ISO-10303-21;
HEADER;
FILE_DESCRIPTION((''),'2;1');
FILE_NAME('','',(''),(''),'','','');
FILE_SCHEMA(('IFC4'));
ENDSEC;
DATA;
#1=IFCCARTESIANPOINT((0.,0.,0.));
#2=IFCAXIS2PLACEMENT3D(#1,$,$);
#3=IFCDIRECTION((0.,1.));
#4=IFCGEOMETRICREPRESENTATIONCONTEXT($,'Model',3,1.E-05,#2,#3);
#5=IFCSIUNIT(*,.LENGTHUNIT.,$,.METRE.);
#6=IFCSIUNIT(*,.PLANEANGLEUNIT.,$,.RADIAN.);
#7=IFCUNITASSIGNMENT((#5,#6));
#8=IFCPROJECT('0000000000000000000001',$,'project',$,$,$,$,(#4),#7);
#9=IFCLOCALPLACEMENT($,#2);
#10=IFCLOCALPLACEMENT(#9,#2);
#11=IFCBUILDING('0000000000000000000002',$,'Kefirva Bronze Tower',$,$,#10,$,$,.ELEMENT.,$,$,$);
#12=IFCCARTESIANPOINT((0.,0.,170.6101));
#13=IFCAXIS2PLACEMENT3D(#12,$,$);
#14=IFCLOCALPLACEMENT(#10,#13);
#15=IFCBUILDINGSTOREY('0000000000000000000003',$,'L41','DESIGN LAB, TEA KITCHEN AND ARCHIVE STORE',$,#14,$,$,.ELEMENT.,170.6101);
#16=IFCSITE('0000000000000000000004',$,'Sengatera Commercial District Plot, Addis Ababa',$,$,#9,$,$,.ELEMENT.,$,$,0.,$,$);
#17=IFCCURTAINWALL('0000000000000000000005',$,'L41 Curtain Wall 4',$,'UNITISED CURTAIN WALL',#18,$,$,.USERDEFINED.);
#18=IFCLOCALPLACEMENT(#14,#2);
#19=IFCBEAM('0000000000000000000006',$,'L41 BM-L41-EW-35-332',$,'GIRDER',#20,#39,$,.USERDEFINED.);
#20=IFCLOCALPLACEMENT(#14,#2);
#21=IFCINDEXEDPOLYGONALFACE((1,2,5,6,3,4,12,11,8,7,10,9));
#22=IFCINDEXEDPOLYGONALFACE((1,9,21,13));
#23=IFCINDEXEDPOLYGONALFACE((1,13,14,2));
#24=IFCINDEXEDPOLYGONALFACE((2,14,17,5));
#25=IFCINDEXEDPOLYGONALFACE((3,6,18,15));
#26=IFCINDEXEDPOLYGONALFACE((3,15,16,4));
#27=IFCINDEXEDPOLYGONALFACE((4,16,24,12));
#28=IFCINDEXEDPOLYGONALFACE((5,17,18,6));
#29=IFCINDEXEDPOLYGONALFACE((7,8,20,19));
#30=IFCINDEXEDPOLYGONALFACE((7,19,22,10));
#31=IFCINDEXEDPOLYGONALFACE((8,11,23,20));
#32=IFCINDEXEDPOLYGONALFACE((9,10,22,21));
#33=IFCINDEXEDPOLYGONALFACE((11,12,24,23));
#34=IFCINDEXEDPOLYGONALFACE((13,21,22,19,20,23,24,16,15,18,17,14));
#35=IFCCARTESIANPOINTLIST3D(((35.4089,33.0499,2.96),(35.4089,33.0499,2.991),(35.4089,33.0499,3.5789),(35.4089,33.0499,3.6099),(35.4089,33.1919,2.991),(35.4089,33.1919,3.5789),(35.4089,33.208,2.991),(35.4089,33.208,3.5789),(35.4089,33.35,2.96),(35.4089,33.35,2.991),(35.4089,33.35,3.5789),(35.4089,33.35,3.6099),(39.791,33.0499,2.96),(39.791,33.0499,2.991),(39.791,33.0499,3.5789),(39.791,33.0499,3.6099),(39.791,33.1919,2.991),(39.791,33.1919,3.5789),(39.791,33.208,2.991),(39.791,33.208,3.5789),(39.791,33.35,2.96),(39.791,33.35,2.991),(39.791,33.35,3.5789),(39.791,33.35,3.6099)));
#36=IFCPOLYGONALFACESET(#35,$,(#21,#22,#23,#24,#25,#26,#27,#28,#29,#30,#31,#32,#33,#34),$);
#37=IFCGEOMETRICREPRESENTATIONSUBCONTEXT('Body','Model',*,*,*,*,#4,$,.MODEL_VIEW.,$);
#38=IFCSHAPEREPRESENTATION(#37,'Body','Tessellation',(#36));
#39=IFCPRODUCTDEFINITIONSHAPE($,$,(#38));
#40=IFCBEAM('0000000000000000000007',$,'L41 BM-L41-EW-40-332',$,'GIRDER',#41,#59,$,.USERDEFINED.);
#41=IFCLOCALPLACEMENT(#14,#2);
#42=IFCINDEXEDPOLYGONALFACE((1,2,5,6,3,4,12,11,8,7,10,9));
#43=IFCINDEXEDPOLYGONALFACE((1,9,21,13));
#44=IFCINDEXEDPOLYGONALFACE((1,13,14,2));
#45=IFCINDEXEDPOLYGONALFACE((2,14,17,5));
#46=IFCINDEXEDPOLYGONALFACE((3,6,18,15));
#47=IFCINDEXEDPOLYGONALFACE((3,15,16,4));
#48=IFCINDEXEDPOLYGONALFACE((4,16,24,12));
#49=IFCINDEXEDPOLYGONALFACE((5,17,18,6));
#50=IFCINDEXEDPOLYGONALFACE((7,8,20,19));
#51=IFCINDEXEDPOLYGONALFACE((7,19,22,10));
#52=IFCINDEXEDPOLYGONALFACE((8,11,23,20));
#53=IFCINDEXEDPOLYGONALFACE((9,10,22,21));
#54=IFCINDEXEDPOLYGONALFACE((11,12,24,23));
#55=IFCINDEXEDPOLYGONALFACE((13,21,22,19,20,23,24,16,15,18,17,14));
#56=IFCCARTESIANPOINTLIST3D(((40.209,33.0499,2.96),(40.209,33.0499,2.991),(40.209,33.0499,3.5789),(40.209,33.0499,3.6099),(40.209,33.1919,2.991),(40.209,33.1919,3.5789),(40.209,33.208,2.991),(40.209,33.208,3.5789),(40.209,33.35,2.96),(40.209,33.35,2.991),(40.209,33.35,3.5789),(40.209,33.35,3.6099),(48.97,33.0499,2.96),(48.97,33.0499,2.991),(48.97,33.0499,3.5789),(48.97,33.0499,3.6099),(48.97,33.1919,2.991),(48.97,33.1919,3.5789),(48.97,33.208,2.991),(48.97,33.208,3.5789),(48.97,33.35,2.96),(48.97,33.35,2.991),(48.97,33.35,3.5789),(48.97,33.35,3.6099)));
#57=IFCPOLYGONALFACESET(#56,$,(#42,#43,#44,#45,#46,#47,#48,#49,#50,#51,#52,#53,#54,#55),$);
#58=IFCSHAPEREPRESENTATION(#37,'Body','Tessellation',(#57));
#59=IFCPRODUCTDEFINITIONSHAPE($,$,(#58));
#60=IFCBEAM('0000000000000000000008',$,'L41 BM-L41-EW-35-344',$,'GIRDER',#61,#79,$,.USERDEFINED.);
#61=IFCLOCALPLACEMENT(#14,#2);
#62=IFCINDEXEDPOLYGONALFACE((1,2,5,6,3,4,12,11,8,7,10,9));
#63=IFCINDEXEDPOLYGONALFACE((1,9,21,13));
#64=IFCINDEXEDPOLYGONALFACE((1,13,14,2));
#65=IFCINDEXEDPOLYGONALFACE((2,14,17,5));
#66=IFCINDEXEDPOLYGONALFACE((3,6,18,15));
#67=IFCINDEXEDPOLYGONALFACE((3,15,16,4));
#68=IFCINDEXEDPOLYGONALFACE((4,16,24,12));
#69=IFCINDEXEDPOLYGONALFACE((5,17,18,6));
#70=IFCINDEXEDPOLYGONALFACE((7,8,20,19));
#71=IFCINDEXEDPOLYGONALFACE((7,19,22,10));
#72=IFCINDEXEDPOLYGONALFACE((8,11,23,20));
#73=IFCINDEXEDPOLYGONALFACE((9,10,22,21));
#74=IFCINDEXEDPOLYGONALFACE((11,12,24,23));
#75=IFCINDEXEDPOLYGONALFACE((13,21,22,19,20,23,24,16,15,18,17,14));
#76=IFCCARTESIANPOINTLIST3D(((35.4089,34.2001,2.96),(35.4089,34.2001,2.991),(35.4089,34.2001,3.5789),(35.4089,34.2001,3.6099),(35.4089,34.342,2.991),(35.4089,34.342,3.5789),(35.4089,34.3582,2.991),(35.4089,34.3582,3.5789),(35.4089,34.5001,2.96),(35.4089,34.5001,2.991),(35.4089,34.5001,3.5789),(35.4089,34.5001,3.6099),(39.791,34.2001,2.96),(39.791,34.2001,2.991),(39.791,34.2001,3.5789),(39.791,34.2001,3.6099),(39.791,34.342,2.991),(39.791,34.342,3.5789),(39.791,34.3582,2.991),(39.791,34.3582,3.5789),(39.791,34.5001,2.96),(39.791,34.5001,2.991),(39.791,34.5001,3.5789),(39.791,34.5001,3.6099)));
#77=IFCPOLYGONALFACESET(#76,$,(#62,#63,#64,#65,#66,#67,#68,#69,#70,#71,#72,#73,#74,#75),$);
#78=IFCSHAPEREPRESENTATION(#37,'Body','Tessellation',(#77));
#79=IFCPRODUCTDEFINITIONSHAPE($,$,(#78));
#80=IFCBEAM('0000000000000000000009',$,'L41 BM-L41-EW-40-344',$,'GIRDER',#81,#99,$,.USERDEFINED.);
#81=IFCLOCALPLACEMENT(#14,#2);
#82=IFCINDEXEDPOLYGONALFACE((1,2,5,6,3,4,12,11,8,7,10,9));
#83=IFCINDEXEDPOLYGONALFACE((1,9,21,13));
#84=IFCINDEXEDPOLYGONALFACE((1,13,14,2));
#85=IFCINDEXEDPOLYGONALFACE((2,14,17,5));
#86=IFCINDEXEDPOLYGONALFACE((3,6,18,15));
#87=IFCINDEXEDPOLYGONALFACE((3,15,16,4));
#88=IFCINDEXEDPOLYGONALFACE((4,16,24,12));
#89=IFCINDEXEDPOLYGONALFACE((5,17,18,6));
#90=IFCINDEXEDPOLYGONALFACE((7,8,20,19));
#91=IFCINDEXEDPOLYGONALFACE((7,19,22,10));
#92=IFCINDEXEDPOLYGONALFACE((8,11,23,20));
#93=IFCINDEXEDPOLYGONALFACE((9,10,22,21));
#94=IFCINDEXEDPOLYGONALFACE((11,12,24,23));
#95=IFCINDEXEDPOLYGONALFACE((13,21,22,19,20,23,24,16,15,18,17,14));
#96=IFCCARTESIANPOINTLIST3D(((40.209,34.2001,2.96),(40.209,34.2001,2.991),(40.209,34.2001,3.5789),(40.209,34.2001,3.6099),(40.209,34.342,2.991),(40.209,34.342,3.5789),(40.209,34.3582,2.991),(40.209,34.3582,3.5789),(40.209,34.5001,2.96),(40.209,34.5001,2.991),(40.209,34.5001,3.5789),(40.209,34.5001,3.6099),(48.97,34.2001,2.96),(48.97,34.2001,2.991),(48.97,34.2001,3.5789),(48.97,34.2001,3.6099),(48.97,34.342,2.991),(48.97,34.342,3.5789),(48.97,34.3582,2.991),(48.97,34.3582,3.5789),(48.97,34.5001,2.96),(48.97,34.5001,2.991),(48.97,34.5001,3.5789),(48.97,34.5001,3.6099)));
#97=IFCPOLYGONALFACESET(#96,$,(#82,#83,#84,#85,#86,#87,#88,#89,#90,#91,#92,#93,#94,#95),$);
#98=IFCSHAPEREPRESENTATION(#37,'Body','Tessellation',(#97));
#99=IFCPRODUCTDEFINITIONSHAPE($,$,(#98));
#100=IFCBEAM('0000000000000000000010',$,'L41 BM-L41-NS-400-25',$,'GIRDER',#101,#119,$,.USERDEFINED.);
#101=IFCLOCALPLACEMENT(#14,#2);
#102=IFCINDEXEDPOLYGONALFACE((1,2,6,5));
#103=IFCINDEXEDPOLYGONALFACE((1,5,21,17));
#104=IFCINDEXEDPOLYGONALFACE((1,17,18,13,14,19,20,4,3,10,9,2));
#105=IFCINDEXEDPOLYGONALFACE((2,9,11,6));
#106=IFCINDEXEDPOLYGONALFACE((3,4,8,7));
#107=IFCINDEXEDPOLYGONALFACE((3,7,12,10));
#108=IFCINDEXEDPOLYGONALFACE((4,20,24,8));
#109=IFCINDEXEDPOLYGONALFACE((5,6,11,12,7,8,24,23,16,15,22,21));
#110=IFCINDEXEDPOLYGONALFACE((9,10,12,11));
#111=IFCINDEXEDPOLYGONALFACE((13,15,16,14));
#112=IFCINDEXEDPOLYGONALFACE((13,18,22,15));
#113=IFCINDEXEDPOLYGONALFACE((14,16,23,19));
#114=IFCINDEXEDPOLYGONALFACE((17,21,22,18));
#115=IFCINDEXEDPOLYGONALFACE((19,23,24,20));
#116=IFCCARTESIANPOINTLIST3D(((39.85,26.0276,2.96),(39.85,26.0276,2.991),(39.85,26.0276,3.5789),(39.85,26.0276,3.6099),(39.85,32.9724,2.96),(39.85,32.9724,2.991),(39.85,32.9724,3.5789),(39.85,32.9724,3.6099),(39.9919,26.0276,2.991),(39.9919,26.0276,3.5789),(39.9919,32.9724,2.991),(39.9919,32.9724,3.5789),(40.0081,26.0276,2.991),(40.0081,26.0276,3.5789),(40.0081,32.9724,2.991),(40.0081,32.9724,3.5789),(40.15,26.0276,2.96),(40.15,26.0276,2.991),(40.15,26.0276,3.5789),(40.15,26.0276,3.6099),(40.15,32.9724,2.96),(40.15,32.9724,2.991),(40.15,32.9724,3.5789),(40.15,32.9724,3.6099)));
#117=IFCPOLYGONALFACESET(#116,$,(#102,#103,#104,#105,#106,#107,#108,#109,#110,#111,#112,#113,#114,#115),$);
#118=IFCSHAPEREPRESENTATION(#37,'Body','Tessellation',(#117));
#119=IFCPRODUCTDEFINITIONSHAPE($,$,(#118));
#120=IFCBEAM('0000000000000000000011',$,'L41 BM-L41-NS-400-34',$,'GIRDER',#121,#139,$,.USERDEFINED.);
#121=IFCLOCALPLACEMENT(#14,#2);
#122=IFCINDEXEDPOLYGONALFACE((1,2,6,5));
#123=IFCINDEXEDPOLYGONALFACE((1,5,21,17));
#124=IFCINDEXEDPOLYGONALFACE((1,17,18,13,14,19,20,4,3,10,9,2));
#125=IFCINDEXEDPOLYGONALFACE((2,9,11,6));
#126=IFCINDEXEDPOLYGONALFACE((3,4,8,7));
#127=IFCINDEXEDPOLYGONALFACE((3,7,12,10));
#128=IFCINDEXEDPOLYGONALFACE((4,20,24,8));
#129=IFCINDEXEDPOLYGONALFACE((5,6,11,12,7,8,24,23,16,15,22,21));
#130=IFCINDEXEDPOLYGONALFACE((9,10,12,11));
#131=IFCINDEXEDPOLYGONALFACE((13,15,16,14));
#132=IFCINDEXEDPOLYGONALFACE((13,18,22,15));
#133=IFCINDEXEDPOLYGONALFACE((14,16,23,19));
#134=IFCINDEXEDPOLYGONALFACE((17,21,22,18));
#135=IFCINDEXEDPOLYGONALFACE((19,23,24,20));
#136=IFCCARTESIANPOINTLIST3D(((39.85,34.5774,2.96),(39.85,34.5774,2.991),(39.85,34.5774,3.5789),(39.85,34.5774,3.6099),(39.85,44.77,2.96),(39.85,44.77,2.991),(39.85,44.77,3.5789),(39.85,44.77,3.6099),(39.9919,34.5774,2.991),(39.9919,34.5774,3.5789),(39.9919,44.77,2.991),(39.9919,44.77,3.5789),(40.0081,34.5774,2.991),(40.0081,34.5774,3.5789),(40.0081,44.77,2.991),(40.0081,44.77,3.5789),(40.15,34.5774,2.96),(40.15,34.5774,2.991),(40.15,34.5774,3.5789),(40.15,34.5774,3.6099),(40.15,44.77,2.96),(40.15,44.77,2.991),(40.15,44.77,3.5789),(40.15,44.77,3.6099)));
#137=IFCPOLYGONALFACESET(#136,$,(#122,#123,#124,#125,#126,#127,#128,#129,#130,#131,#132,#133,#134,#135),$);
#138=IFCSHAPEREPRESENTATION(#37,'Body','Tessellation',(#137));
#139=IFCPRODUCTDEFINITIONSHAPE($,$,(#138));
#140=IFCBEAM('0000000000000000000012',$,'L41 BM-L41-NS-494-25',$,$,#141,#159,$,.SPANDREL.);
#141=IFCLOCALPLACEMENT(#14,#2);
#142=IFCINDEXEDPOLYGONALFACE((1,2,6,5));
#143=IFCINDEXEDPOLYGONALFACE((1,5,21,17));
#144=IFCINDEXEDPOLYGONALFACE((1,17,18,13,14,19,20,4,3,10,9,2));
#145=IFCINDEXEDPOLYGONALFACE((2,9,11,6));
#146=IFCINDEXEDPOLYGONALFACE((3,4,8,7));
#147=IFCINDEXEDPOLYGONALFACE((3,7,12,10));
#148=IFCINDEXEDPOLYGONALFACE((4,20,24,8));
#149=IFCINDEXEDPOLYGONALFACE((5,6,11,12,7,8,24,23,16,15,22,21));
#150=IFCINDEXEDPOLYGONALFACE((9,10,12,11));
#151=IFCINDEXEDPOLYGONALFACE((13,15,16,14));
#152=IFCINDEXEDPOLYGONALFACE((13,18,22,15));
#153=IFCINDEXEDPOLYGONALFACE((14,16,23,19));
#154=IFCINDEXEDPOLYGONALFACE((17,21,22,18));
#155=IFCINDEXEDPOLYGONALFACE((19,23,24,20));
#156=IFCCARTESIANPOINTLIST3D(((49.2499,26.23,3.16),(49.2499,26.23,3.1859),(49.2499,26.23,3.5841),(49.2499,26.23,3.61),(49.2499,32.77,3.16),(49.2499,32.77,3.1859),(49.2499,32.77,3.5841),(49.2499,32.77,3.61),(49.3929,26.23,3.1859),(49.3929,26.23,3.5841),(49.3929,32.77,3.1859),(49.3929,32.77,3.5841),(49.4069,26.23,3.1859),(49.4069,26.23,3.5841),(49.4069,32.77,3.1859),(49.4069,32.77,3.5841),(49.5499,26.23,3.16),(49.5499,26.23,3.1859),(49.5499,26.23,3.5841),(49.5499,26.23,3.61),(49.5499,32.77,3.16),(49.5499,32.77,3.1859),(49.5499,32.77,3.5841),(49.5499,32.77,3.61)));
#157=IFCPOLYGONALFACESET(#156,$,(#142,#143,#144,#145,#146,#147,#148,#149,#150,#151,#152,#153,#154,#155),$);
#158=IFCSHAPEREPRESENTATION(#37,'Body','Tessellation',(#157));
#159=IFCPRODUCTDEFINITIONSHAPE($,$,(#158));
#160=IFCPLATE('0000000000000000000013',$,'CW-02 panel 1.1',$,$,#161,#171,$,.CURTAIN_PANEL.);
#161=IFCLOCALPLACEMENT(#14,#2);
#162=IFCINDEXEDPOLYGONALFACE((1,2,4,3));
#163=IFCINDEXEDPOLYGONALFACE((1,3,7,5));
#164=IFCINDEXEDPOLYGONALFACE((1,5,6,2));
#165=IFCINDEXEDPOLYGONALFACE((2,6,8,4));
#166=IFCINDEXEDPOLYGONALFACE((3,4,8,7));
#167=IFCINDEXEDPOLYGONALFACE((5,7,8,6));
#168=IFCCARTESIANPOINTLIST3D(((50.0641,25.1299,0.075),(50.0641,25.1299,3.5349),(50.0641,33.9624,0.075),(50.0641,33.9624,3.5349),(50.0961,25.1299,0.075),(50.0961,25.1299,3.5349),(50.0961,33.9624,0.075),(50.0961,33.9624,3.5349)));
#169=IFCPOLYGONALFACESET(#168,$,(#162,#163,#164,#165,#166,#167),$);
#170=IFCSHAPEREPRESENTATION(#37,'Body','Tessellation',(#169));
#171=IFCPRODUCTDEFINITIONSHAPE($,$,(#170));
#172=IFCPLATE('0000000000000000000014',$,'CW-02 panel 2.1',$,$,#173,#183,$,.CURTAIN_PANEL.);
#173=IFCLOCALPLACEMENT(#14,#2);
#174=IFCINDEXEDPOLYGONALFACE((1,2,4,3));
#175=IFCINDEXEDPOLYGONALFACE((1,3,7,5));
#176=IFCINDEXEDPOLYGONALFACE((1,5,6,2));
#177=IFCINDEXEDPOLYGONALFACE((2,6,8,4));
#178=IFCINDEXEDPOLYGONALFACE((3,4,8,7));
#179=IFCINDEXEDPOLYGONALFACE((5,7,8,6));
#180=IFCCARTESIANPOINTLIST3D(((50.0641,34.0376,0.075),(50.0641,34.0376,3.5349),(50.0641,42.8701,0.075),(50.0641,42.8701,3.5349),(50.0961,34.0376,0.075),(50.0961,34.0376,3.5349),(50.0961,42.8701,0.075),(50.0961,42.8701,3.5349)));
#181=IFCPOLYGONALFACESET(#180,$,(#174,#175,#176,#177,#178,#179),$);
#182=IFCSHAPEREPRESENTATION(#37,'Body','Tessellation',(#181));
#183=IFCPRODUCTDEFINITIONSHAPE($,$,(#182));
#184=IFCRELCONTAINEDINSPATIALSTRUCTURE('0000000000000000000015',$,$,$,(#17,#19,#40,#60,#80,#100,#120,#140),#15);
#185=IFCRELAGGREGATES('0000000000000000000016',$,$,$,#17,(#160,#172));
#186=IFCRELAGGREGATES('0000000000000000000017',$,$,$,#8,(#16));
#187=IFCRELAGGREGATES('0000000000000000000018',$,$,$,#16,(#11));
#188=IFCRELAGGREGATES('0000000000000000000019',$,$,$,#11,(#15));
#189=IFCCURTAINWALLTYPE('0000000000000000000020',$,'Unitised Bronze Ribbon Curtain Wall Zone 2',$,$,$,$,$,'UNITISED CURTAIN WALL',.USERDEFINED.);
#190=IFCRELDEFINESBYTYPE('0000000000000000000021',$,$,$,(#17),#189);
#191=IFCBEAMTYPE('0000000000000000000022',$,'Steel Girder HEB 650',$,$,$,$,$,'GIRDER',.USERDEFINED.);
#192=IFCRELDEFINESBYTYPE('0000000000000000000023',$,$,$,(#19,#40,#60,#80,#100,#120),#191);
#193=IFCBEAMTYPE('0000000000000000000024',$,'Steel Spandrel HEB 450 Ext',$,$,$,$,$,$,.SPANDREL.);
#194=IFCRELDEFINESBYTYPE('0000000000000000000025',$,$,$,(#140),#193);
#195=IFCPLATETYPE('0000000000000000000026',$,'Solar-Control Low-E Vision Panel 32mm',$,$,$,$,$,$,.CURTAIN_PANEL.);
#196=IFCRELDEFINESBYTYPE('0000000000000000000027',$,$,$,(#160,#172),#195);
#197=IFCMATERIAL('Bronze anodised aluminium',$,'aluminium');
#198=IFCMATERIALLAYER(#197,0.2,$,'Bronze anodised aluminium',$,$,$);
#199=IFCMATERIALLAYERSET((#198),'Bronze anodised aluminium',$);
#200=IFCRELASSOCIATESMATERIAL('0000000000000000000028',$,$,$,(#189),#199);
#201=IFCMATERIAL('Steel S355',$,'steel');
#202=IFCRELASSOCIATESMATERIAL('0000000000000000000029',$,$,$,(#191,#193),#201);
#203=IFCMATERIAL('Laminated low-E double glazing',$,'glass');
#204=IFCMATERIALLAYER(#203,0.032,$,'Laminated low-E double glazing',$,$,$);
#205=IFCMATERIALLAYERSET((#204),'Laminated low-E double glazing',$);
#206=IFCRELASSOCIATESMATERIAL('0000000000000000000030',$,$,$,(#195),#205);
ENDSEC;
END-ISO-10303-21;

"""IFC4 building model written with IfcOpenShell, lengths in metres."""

from ifc_helpers import new_model, si_unit, direction, frame, origin, origin_2d, place, context, subcontext, project, spatial, rectangle, i_section, extrude, material, layer, layer_set, material_profile, profile_set, type_object, element, aggregate, save


model = new_model("IFC4")

# Units and contexts
model_context = context("Model", 3, precision=1e-05, world=origin(), true_north=direction((0.0, 1.0)))
body_context = subcontext(model_context, "Body", "Model", "MODEL_VIEW")
ifc_project = project(units=[si_unit("LENGTHUNIT", "METRE"), si_unit("PLANEANGLEUNIT", "RADIAN")], contexts=[model_context])

# Site, building, storey
site_placement = place(None, origin())
site = spatial("IfcSite", under=ifc_project, at=site_placement, Name="Sengatera Commercial District Plot, Addis Ababa", CompositionType="ELEMENT", RefElevation=0.0)
building_placement = place(site_placement, origin())
building = spatial("IfcBuilding", under=site, at=building_placement, Name="Kefirva Bronze Tower", CompositionType="ELEMENT")
storey_placement = place(building_placement, frame((0.0, 0.0, 170.6101)))
storey = spatial("IfcBuildingStorey", under=building, at=storey_placement, Name="L41", Description="DESIGN LAB, TEA KITCHEN AND ARCHIVE STORE", CompositionType="ELEMENT", Elevation=170.6101)

# Curtain wall
ifc_material_1 = material(Name="Bronze anodised aluminium", Category="aluminium")
ifc_layer_1 = layer(ifc_material_1, 0.2, Name="Bronze anodised aluminium")
ifc_layer_set_1 = layer_set([ifc_layer_1], Name="Bronze anodised aluminium")
curtain_wall_type = type_object("IfcCurtainWallType", Name="Unitised Bronze Ribbon Curtain Wall Zone 2", ElementType="UNITISED CURTAIN WALL", PredefinedType="USERDEFINED", material=ifc_layer_set_1)
curtain_wall_placement = place(storey_placement, origin())
curtain_wall = element("IfcCurtainWall", 1, at=curtain_wall_placement, inside=storey, type_object=curtain_wall_type, Name="L41 Curtain Wall 4", ObjectType="UNITISED CURTAIN WALL", PredefinedType="USERDEFINED")

# Beams
ifc_material_2 = material(Name="Steel S355", Category="steel")
ifc_material_profile_1 = material_profile(ifc_material_2, i_section(OverallWidth=0.3, OverallDepth=0.6499, WebThickness=0.0161, FlangeThickness=0.031, at=origin_2d()), Name="HEB 650")
ifc_profile_set_1 = profile_set([ifc_material_profile_1], Name="Steel S355")
beam_type_1 = type_object("IfcBeamType", Name="Steel Girder HEB 650", ElementType="GIRDER", PredefinedType="USERDEFINED", material=ifc_profile_set_1)
beam_1_placement = place(storey_placement, frame((35.4089, 33.2, 3.2849), z_axis=(1.0, 0.0, 0.0), x_axis=(0.0, 1.0, 0.0)))
element("IfcBeam", 2, at=beam_1_placement, inside=storey, type_object=beam_type_1, Name="L41 BM-L41-EW-35-332", ObjectType="GIRDER", PredefinedType="USERDEFINED", context=body_context, shape_type="SweptSolid", body=[
    extrude(i_section(OverallWidth=0.3, OverallDepth=0.6499, WebThickness=0.0161, FlangeThickness=0.031, at=origin_2d()), origin(), (0.0, 0.0, 1.0), 4.3821),
])
beam_2_placement = place(storey_placement, frame((40.209, 33.2, 3.2849), z_axis=(1.0, 0.0, 0.0), x_axis=(0.0, 1.0, 0.0)))
element("IfcBeam", 3, at=beam_2_placement, inside=storey, type_object=beam_type_1, Name="L41 BM-L41-EW-40-332", ObjectType="GIRDER", PredefinedType="USERDEFINED", context=body_context, shape_type="SweptSolid", body=[
    extrude(i_section(OverallWidth=0.3, OverallDepth=0.6499, WebThickness=0.0161, FlangeThickness=0.031, at=origin_2d()), origin(), (0.0, 0.0, 1.0), 8.761),
])
beam_3_placement = place(storey_placement, frame((35.4089, 34.3501, 3.2849), z_axis=(1.0, 0.0, 0.0), x_axis=(0.0, 1.0, 0.0)))
element("IfcBeam", 4, at=beam_3_placement, inside=storey, type_object=beam_type_1, Name="L41 BM-L41-EW-35-344", ObjectType="GIRDER", PredefinedType="USERDEFINED", context=body_context, shape_type="SweptSolid", body=[
    extrude(i_section(OverallWidth=0.3, OverallDepth=0.6499, WebThickness=0.0161, FlangeThickness=0.031, at=origin_2d()), origin(), (0.0, 0.0, 1.0), 4.3821),
])
beam_4_placement = place(storey_placement, frame((40.209, 34.3501, 3.2849), z_axis=(1.0, 0.0, 0.0), x_axis=(0.0, 1.0, 0.0)))
element("IfcBeam", 5, at=beam_4_placement, inside=storey, type_object=beam_type_1, Name="L41 BM-L41-EW-40-344", ObjectType="GIRDER", PredefinedType="USERDEFINED", context=body_context, shape_type="SweptSolid", body=[
    extrude(i_section(OverallWidth=0.3, OverallDepth=0.6499, WebThickness=0.0161, FlangeThickness=0.031, at=origin_2d()), origin(), (0.0, 0.0, 1.0), 8.761),
])
beam_5_placement = place(storey_placement, frame((40.0, 26.0276, 3.2849), z_axis=(0.0, 1.0, 0.0), x_axis=(-1.0, 0.0, 0.0)))
element("IfcBeam", 6, at=beam_5_placement, inside=storey, type_object=beam_type_1, Name="L41 BM-L41-NS-400-25", ObjectType="GIRDER", PredefinedType="USERDEFINED", context=body_context, shape_type="SweptSolid", body=[
    extrude(i_section(OverallWidth=0.3, OverallDepth=0.6499, WebThickness=0.0161, FlangeThickness=0.031, at=origin_2d()), origin(), (0.0, 0.0, 1.0), 6.9448),
])
beam_6_placement = place(storey_placement, frame((40.0, 34.5774, 3.2849), z_axis=(0.0, 1.0, 0.0), x_axis=(-1.0, 0.0, 0.0)))
element("IfcBeam", 7, at=beam_6_placement, inside=storey, type_object=beam_type_1, Name="L41 BM-L41-NS-400-34", ObjectType="GIRDER", PredefinedType="USERDEFINED", context=body_context, shape_type="SweptSolid", body=[
    extrude(i_section(OverallWidth=0.3, OverallDepth=0.6499, WebThickness=0.0161, FlangeThickness=0.031, at=origin_2d()), origin(), (0.0, 0.0, 1.0), 10.1926),
])
ifc_material_profile_2 = material_profile(ifc_material_2, i_section(OverallWidth=0.3, OverallDepth=0.45, WebThickness=0.0139, FlangeThickness=0.0259, at=origin_2d()), Name="HEB 450")
ifc_profile_set_2 = profile_set([ifc_material_profile_2], Name="Steel S355")
beam_type_2 = type_object("IfcBeamType", Name="Steel Spandrel HEB 450 Ext", PredefinedType="SPANDREL", material=ifc_profile_set_2)
beam_7_placement = place(storey_placement, frame((49.3999, 26.23, 3.385), z_axis=(0.0, 1.0, 0.0), x_axis=(-1.0, 0.0, 0.0)))
element("IfcBeam", 8, at=beam_7_placement, inside=storey, type_object=beam_type_2, Name="L41 BM-L41-NS-494-25", PredefinedType="SPANDREL", context=body_context, shape_type="SweptSolid", body=[
    extrude(i_section(OverallWidth=0.3, OverallDepth=0.45, WebThickness=0.0139, FlangeThickness=0.0259, at=origin_2d()), origin(), (0.0, 0.0, 1.0), 6.54),
])

# Plates
ifc_material_3 = material(Name="Laminated low-E double glazing", Category="glass")
ifc_layer_2 = layer(ifc_material_3, 0.032, Name="Laminated low-E double glazing")
ifc_layer_set_2 = layer_set([ifc_layer_2], Name="Laminated low-E double glazing")
plate_type = type_object("IfcPlateType", Name="Solar-Control Low-E Vision Panel 32mm", PredefinedType="CURTAIN_PANEL", material=ifc_layer_set_2)
plate_1_placement = place(storey_placement, frame((50.0801, 29.5461, 0.075), z_axis=(0.0, 0.0, 1.0), x_axis=(0.0, 1.0, 0.0)))
plate_1 = element("IfcPlate", 9, at=plate_1_placement, type_object=plate_type, Name="CW-02 panel 1.1", PredefinedType="CURTAIN_PANEL", context=body_context, shape_type="SweptSolid", body=[
    extrude(rectangle(XDim=8.8325, YDim=0.032, at=origin_2d()), origin(), (0.0, 0.0, 1.0), 3.46),
])
plate_2_placement = place(storey_placement, frame((50.0801, 38.4539, 0.075), z_axis=(0.0, 0.0, 1.0), x_axis=(0.0, 1.0, 0.0)))
plate_2 = element("IfcPlate", 10, at=plate_2_placement, type_object=plate_type, Name="CW-02 panel 2.1", PredefinedType="CURTAIN_PANEL", context=body_context, shape_type="SweptSolid", body=[
    extrude(rectangle(XDim=8.8325, YDim=0.032, at=origin_2d()), origin(), (0.0, 0.0, 1.0), 3.46),
])
aggregate(curtain_wall, [plate_1, plate_2])

save(model, "model.ifc")
